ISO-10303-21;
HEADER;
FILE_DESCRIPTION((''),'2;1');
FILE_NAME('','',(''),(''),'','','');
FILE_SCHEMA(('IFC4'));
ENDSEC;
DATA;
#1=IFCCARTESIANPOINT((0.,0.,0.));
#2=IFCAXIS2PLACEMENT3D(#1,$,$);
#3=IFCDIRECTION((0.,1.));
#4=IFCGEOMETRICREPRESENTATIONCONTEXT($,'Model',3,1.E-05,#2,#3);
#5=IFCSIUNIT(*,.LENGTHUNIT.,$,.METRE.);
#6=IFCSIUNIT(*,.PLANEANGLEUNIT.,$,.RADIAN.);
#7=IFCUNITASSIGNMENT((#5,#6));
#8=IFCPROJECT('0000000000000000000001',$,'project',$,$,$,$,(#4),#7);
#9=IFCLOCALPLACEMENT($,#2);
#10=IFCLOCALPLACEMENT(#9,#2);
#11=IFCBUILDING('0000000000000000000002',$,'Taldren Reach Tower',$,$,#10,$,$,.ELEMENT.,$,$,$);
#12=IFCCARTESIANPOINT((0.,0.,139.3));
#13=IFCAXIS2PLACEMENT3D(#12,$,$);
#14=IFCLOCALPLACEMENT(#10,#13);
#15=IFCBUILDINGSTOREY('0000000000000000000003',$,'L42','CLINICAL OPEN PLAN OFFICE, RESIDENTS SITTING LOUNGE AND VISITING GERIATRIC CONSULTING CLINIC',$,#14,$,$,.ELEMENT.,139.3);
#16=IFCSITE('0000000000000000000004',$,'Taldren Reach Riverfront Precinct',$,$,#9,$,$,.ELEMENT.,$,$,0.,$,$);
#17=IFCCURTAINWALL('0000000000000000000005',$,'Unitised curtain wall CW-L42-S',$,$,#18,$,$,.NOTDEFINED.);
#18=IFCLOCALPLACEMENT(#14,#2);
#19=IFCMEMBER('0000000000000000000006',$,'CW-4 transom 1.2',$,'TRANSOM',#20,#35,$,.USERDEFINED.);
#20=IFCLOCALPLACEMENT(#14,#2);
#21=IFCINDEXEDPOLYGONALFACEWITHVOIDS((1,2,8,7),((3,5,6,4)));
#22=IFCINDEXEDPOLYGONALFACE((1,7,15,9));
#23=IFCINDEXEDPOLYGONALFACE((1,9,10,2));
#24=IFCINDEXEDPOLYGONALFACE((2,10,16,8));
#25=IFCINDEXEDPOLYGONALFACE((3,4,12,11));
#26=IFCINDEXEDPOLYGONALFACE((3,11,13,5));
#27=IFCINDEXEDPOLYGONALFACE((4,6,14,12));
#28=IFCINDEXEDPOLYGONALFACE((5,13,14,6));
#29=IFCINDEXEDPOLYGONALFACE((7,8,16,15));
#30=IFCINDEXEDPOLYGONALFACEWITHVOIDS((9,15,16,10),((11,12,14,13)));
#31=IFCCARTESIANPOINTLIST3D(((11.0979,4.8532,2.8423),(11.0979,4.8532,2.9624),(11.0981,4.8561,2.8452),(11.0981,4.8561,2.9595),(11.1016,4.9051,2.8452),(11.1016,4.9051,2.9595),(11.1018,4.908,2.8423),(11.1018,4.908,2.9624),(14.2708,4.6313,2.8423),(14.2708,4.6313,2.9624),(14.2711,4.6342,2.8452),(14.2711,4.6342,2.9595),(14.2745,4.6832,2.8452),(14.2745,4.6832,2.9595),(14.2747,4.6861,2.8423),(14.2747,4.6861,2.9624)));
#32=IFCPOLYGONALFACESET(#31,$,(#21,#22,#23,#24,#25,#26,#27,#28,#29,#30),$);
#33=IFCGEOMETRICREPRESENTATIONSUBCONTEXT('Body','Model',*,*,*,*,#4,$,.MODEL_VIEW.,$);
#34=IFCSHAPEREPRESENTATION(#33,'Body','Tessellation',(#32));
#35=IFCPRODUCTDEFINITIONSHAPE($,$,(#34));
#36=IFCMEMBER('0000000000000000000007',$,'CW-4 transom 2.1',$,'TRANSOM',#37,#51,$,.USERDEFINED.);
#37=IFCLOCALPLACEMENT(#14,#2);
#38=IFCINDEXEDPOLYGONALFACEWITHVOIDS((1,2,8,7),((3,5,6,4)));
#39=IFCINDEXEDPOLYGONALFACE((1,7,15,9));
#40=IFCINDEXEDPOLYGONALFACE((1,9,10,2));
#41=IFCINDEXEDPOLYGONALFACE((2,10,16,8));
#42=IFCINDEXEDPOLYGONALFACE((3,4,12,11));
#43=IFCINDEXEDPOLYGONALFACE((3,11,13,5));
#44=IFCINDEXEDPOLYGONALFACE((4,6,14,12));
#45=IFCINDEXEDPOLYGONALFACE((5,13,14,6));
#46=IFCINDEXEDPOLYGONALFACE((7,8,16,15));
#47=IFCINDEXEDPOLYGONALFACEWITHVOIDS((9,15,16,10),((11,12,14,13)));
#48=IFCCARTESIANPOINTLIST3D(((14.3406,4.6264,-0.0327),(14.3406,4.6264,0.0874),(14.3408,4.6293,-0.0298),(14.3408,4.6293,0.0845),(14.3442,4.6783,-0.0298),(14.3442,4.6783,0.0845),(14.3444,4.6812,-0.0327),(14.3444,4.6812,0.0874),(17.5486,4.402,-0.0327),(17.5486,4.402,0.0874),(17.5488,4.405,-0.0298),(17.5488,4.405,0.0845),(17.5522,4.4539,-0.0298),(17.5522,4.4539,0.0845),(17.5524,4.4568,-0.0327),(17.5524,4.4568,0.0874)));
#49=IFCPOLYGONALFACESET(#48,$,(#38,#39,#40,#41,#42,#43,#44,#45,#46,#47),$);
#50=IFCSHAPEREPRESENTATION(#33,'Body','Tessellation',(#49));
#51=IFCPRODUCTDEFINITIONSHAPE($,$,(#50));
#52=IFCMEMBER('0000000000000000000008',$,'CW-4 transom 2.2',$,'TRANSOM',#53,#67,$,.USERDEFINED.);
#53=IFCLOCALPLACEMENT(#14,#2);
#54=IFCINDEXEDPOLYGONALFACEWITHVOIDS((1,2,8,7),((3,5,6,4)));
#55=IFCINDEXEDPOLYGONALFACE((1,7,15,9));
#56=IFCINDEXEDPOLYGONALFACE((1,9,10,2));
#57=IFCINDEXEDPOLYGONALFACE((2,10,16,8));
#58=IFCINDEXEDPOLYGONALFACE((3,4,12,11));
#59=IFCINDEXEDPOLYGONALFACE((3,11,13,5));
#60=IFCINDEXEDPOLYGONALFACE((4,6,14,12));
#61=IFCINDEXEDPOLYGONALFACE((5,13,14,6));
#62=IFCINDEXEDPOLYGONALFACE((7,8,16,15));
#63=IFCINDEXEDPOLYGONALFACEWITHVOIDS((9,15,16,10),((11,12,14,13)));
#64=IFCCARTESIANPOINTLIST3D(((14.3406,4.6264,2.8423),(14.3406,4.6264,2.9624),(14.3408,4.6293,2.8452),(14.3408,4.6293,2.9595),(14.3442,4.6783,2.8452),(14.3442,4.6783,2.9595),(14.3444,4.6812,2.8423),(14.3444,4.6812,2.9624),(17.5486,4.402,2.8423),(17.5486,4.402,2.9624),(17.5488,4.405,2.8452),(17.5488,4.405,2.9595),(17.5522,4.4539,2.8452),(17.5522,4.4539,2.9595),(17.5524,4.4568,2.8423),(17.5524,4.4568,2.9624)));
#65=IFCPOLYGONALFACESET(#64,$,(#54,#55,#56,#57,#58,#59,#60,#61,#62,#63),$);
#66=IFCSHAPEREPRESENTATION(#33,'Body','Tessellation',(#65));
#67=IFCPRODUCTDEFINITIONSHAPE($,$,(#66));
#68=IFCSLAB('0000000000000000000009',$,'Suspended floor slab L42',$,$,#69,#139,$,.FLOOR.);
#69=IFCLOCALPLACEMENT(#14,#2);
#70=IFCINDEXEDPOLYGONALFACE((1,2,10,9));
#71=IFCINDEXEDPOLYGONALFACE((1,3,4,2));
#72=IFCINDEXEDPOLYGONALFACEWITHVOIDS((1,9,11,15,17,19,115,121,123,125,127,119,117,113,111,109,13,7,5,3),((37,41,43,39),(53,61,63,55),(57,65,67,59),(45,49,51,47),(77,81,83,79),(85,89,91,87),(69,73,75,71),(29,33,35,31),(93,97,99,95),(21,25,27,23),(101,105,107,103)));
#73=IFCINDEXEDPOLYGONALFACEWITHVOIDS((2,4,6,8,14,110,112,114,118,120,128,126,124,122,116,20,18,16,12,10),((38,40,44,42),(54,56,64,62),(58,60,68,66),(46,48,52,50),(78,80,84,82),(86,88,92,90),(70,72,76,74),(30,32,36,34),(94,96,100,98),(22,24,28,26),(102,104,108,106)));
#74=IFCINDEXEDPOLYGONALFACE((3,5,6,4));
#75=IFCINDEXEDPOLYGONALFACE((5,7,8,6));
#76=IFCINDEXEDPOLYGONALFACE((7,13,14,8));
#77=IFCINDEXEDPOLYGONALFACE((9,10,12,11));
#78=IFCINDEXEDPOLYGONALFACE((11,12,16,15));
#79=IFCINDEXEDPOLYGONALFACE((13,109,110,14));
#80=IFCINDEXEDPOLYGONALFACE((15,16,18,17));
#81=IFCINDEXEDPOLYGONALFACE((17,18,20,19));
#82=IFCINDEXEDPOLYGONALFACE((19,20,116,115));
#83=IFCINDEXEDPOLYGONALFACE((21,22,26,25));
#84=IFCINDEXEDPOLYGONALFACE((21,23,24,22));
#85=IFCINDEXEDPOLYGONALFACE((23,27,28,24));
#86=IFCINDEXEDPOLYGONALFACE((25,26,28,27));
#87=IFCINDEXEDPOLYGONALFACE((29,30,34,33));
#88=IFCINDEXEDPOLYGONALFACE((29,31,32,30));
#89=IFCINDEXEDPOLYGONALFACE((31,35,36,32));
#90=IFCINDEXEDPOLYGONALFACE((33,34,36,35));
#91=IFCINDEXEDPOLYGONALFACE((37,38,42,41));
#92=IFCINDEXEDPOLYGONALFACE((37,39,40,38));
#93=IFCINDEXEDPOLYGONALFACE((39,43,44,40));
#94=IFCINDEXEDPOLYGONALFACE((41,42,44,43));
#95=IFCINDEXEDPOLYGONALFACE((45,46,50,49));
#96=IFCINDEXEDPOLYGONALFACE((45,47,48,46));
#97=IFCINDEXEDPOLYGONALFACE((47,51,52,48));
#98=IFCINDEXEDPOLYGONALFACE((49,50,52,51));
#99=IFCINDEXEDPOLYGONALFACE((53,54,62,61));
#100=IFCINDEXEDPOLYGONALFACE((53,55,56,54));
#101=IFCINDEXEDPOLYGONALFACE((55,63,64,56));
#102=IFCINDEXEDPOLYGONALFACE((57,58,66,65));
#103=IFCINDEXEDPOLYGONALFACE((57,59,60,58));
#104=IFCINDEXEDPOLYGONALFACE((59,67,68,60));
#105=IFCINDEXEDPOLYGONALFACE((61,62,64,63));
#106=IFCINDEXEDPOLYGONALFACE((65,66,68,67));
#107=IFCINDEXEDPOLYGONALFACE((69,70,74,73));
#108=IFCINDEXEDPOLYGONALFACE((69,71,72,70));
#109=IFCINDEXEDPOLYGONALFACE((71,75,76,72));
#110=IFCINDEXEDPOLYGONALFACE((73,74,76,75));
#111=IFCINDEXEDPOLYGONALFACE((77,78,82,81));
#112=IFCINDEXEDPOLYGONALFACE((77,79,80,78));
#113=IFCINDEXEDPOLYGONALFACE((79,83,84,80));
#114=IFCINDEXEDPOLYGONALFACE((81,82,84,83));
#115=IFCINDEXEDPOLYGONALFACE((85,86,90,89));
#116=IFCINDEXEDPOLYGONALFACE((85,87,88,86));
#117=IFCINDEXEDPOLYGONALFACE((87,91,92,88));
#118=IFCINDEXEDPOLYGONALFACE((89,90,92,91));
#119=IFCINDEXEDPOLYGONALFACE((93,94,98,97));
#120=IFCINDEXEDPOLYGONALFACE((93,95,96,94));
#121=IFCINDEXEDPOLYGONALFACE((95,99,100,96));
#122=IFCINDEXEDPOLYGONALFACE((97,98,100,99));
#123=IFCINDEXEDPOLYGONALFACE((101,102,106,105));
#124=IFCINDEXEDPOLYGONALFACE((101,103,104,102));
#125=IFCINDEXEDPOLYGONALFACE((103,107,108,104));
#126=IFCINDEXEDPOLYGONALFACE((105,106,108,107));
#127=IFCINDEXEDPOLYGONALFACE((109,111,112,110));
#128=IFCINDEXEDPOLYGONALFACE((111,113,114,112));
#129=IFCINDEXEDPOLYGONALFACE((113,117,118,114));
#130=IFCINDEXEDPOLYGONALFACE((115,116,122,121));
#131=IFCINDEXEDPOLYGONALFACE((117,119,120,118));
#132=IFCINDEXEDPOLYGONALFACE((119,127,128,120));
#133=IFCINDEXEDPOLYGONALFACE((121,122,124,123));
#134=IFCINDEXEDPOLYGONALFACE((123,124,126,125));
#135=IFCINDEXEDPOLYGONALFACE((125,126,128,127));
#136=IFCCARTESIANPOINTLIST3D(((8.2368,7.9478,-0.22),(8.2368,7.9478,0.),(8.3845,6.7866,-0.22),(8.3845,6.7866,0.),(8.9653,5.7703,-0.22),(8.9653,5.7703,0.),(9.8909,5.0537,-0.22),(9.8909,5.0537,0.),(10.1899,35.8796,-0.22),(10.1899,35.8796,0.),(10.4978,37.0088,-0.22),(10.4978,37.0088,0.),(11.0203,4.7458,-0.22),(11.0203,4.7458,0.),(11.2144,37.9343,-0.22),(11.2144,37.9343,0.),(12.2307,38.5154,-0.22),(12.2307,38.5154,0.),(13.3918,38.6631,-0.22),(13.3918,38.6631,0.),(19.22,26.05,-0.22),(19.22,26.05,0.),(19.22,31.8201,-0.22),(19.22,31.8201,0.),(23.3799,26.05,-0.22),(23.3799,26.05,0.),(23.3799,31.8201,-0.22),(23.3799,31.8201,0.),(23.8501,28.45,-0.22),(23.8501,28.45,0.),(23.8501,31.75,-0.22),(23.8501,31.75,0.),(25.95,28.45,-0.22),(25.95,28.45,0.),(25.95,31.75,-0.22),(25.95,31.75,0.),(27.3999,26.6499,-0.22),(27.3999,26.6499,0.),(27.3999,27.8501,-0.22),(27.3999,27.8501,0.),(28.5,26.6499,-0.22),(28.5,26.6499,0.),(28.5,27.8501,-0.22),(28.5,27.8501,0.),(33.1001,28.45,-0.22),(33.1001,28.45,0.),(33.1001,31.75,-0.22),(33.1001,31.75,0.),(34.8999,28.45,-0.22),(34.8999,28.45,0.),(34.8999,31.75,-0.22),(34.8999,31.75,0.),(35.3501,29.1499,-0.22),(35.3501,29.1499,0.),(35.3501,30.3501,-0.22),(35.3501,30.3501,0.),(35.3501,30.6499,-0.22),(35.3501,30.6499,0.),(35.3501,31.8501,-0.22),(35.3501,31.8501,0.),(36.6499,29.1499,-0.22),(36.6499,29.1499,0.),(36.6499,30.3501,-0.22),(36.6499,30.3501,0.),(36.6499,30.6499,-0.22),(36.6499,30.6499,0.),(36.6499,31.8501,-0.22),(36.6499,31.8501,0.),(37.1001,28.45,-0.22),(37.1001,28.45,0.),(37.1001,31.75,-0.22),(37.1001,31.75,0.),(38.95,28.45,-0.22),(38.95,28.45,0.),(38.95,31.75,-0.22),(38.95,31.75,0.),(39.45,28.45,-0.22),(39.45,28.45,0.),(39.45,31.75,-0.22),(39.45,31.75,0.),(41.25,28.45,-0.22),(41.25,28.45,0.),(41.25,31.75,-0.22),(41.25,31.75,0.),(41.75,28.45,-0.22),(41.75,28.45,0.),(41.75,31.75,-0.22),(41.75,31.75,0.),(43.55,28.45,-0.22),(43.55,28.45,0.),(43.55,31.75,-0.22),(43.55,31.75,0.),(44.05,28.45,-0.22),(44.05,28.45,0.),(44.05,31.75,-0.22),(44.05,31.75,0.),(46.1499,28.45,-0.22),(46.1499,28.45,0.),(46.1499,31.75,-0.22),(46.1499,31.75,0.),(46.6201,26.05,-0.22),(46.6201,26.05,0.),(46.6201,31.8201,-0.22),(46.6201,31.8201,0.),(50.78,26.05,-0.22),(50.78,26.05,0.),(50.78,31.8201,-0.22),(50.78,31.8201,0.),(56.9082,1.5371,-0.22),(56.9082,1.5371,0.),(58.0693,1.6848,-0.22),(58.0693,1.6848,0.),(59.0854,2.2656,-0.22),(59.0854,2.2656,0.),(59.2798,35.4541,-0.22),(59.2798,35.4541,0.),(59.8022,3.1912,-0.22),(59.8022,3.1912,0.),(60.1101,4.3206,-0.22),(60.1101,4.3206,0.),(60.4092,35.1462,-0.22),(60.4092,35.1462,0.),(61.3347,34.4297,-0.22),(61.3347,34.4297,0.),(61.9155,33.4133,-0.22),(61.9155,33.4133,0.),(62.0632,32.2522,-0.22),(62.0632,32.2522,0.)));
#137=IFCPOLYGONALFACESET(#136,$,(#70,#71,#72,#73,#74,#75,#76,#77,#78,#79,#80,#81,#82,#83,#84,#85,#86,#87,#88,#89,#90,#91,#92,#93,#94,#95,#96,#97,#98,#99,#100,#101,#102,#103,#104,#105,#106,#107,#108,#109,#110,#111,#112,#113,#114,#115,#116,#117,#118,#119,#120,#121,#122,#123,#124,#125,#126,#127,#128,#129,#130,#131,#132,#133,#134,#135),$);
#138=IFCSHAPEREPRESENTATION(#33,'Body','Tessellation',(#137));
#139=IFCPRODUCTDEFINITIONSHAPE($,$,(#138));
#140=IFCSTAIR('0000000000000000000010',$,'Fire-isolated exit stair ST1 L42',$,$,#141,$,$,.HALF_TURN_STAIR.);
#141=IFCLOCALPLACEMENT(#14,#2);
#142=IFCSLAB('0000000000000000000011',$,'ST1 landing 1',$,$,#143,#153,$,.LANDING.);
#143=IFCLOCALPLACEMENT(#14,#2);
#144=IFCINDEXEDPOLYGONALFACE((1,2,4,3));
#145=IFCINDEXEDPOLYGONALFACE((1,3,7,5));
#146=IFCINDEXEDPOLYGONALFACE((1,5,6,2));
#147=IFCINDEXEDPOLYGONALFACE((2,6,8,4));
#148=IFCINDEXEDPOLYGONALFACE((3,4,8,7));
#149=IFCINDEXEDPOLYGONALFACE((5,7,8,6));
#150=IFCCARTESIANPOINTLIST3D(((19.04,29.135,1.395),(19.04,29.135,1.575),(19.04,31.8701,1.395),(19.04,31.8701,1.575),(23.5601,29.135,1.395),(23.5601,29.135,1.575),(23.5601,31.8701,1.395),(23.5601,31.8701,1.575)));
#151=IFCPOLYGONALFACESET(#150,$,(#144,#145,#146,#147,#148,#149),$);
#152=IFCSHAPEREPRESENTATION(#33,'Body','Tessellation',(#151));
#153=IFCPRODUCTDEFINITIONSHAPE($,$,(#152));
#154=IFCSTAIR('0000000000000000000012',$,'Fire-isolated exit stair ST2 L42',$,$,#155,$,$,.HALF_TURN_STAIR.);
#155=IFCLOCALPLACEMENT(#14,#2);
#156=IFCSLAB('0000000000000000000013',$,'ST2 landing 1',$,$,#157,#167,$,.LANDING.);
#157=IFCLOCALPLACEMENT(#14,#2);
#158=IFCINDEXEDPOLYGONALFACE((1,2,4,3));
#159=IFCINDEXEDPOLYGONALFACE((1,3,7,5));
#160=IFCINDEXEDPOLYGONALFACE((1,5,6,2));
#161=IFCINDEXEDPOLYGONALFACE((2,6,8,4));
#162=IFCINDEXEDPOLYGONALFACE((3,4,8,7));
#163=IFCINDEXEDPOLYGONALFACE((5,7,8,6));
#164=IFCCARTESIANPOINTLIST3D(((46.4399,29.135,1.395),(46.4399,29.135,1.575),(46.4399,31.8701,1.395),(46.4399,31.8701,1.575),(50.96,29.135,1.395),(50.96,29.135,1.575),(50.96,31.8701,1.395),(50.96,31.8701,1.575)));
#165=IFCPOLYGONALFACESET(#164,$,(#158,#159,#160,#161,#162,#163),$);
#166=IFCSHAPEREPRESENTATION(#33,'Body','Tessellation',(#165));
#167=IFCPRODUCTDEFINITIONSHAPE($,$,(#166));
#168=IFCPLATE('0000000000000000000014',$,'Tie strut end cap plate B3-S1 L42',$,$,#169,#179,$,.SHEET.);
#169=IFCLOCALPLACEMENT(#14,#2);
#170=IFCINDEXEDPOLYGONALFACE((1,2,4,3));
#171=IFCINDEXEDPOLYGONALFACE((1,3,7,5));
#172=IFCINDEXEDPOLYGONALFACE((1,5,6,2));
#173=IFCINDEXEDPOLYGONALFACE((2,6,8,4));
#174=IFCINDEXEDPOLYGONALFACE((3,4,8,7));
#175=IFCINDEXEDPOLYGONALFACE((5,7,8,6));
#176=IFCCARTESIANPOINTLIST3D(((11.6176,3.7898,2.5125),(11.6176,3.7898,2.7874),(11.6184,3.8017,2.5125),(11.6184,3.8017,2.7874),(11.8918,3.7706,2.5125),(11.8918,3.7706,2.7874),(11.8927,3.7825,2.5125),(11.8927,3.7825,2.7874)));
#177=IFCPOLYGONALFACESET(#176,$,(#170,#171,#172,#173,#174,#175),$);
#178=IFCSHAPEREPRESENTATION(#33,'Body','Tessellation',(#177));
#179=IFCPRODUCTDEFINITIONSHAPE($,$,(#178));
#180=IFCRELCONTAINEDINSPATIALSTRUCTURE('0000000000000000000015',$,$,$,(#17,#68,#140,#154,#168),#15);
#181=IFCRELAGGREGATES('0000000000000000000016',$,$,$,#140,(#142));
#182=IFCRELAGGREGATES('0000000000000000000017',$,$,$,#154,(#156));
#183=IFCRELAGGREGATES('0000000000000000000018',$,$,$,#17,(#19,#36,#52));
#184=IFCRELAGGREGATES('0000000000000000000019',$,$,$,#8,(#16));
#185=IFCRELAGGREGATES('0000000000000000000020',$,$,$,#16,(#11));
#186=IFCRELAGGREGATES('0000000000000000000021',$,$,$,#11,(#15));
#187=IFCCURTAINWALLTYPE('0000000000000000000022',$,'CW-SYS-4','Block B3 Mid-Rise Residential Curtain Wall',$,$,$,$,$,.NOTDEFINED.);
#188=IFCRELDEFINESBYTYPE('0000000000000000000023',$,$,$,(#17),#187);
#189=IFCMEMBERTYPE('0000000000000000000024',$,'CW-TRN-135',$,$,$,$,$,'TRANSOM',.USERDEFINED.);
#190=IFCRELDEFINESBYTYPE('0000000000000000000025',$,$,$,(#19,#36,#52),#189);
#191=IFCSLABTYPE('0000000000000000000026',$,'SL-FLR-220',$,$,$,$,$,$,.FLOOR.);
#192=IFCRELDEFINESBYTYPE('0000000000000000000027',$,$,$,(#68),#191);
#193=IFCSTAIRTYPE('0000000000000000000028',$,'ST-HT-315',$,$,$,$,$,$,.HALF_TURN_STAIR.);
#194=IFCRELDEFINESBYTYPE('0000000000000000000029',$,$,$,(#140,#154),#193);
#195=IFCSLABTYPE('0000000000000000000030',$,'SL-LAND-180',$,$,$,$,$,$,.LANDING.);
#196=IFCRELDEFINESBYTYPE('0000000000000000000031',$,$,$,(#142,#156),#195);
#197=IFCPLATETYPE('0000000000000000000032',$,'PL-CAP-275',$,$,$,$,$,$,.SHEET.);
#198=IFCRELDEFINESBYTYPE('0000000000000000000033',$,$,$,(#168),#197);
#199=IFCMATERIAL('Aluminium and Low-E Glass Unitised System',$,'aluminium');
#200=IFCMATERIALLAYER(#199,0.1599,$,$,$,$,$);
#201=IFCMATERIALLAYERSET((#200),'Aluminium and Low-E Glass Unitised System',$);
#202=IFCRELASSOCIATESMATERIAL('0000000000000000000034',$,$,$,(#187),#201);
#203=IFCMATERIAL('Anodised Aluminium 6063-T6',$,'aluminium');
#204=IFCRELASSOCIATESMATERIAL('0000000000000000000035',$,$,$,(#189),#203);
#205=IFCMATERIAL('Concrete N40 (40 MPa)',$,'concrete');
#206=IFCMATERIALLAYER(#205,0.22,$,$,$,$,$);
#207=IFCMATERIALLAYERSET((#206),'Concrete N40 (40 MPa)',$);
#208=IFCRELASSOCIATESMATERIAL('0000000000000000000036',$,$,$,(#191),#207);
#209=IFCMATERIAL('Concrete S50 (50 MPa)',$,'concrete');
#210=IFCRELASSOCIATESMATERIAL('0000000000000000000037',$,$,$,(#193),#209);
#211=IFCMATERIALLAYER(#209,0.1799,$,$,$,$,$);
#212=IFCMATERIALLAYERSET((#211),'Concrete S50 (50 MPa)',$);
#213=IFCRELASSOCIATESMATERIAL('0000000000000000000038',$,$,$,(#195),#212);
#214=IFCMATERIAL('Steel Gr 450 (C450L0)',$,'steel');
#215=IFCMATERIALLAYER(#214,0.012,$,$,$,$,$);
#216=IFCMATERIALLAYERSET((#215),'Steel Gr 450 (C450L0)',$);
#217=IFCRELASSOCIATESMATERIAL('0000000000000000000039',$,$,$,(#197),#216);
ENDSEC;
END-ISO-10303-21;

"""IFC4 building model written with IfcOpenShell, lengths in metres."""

from ifc_helpers import new_model, si_unit, direction, frame, origin, origin_2d, place, context, subcontext, project, spatial, polyline, rectangle, hollow_rectangle, outline, extrude, source, transform, mapped, material, layer, layer_set, material_profile, profile_set, type_object, element, aggregate, save


model = new_model("IFC4")

# Units and contexts
model_context = context("Model", 3, precision=1e-05, world=origin(), true_north=direction((0.0, 1.0)))
body_context = subcontext(model_context, "Body", "Model", "MODEL_VIEW")
ifc_project = project(units=[si_unit("LENGTHUNIT", "METRE"), si_unit("PLANEANGLEUNIT", "RADIAN")], contexts=[model_context])

# Site, building, storey
site_placement = place(None, origin())
site = spatial("IfcSite", under=ifc_project, at=site_placement, Name="Taldren Reach Riverfront Precinct", CompositionType="ELEMENT", RefElevation=0.0)
building_placement = place(site_placement, origin())
building = spatial("IfcBuilding", under=site, at=building_placement, Name="Taldren Reach Tower", CompositionType="ELEMENT")
storey_placement = place(building_placement, frame((0.0, 0.0, 139.3)))
storey = spatial("IfcBuildingStorey", under=building, at=storey_placement, Name="L42", Description="CLINICAL OPEN PLAN OFFICE, RESIDENTS SITTING LOUNGE AND VISITING GERIATRIC CONSULTING CLINIC", CompositionType="ELEMENT", Elevation=139.3)

# Shared definitions
ifc_material_1 = material(Name="Steel Gr 450 (C450L0)", Category="steel")

# Curtain wall
ifc_material_2 = material(Name="Aluminium and Low-E Glass Unitised System", Category="aluminium")
ifc_layer_1 = layer(ifc_material_2, 0.1599)
ifc_layer_set_1 = layer_set([ifc_layer_1], Name="Aluminium and Low-E Glass Unitised System")
curtain_wall_type = type_object("IfcCurtainWallType", Name="CW-SYS-4", Description="Block B3 Mid-Rise Residential Curtain Wall", PredefinedType="NOTDEFINED", material=ifc_layer_set_1)
curtain_wall_1_placement = place(storey_placement, origin())
curtain_wall_1 = element("IfcCurtainWall", 1, at=curtain_wall_1_placement, inside=storey, type_object=curtain_wall_type, Name="Unitised curtain wall CW-L42-S", PredefinedType="NOTDEFINED")
ifc_material_3 = material(Name="Anodised Aluminium 6063-T6", Category="aluminium")

# Members
ifc_material_profile_1 = material_profile(ifc_material_3, hollow_rectangle(XDim=0.0549, YDim=0.1201, WallThickness=0.0029, at=origin_2d()), Name="ALU-120x55x3RHS")
ifc_profile_set_1 = profile_set([ifc_material_profile_1], Name="Anodised Aluminium 6063-T6")
member_type_1 = type_object("IfcMemberType", Name="CW-TRN-135", ElementType="TRANSOM", PredefinedType="USERDEFINED", material=ifc_profile_set_1)
shared_shape_1 = source(origin(), body_context, "Body", "SweptSolid", [
    extrude(hollow_rectangle(XDim=0.0549, YDim=0.1201, WallThickness=0.0029, at=origin_2d()), origin(), (0.0, 0.0, 1.0), 3.1807),
])
member_1_placement = place(storey_placement, frame((11.0999, 4.8806, 2.9023), z_axis=(0.997563, -0.069774, 0.0), x_axis=(0.069774, 0.997563, 0.0)))
member_1 = element("IfcMember", 2, at=member_1_placement, type_object=member_type_1, Name="CW-4 transom 1.2", ObjectType="TRANSOM", PredefinedType="USERDEFINED", context=body_context, shape_type="MappedRepresentation", body=[
    mapped(shared_shape_1, transform((0.0, 0.0, 0.0), scale=1.0)),
])
shared_shape_2 = source(origin(), body_context, "Body", "SweptSolid", [
    extrude(hollow_rectangle(XDim=0.0549, YDim=0.1201, WallThickness=0.0029, at=origin_2d()), origin(), (0.0, 0.0, 1.0), 3.2158),
])
member_2_placement = place(storey_placement, frame((14.3425, 4.6538, 0.0273), z_axis=(0.997563, -0.069769, 0.0), x_axis=(0.069769, 0.997563, 0.0)))
member_2 = element("IfcMember", 3, at=member_2_placement, type_object=member_type_1, Name="CW-4 transom 2.1", ObjectType="TRANSOM", PredefinedType="USERDEFINED", context=body_context, shape_type="MappedRepresentation", body=[
    mapped(shared_shape_2, transform((0.0, 0.0, 0.0), scale=1.0)),
])
member_3_placement = place(storey_placement, frame((14.3425, 4.6538, 2.9023), z_axis=(0.997563, -0.069769, 0.0), x_axis=(0.069769, 0.997563, 0.0)))
member_3 = element("IfcMember", 4, at=member_3_placement, type_object=member_type_1, Name="CW-4 transom 2.2", ObjectType="TRANSOM", PredefinedType="USERDEFINED", context=body_context, shape_type="MappedRepresentation", body=[
    mapped(shared_shape_2, transform((0.0, 0.0, 0.0), scale=1.0)),
])

# Slab
ifc_material_4 = material(Name="Concrete N40 (40 MPa)", Category="concrete")
ifc_layer_2 = layer(ifc_material_4, 0.22)
ifc_layer_set_2 = layer_set([ifc_layer_2], Name="Concrete N40 (40 MPa)")
slab_type_1 = type_object("IfcSlabType", Name="SL-FLR-220", PredefinedType="FLOOR", material=ifc_layer_set_2)
slab_1_placement = place(storey_placement, frame((0.0, 0.0, -0.22)))
element("IfcSlab", 5, at=slab_1_placement, inside=storey, type_object=slab_type_1, Name="Suspended floor slab L42", PredefinedType="FLOOR", context=body_context, shape_type="SweptSolid", body=[
    extrude(outline(polyline([(56.9082, 1.5371), (58.0693, 1.6848), (59.0854, 2.2656), (59.8022, 3.1912), (60.1101, 4.3206), (62.0632, 32.2522), (61.9155, 33.4133), (61.3347, 34.4297), (60.4092, 35.1462), (59.2798, 35.4541), (13.3918, 38.6631), (12.2307, 38.5154), (11.2144, 37.9343), (10.4978, 37.0088), (10.1899, 35.8796), (8.2368, 7.9478), (8.3845, 6.7866), (8.9653, 5.7703), (9.8909, 5.0537), (11.0203, 4.7458), (56.9082, 1.5371)]), holes=[polyline([(19.22, 26.05), (23.3799, 26.05), (23.3799, 31.8201), (19.22, 31.8201), (19.22, 26.05)]), polyline([(46.6201, 26.05), (50.78, 26.05), (50.78, 31.8201), (46.6201, 31.8201), (46.6201, 26.05)]), polyline([(23.8501, 28.45), (25.95, 28.45), (25.95, 31.75), (23.8501, 31.75), (23.8501, 28.45)]), polyline([(44.05, 28.45), (46.1499, 28.45), (46.1499, 31.75), (44.05, 31.75), (44.05, 28.45)]), polyline([(33.1001, 28.45), (34.8999, 28.45), (34.8999, 31.75), (33.1001, 31.75), (33.1001, 28.45)]), polyline([(37.1001, 28.45), (38.95, 28.45), (38.95, 31.75), (37.1001, 31.75), (37.1001, 28.45)]), polyline([(39.45, 28.45), (41.25, 28.45), (41.25, 31.75), (39.45, 31.75), (39.45, 28.45)]), polyline([(41.75, 28.45), (43.55, 28.45), (43.55, 31.75), (41.75, 31.75), (41.75, 28.45)]), polyline([(35.3501, 30.6499), (36.6499, 30.6499), (36.6499, 31.8501), (35.3501, 31.8501), (35.3501, 30.6499)]), polyline([(35.3501, 29.1499), (36.6499, 29.1499), (36.6499, 30.3501), (35.3501, 30.3501), (35.3501, 29.1499)]), polyline([(27.3999, 26.6499), (28.5, 26.6499), (28.5, 27.8501), (27.3999, 27.8501), (27.3999, 26.6499)])]), origin(), (0.0, 0.0, 1.0), 0.22),
])

# Stairs, slabs
ifc_material_5 = material(Name="Concrete S50 (50 MPa)", Category="concrete")
stair_type = type_object("IfcStairType", Name="ST-HT-315", PredefinedType="HALF_TURN_STAIR", material=ifc_material_5)
stair_1_placement = place(storey_placement, origin())
stair_1 = element("IfcStair", 6, at=stair_1_placement, inside=storey, type_object=stair_type, Name="Fire-isolated exit stair ST1 L42", PredefinedType="HALF_TURN_STAIR")
ifc_layer_3 = layer(ifc_material_5, 0.1799)
ifc_layer_set_3 = layer_set([ifc_layer_3], Name="Concrete S50 (50 MPa)")
slab_type_2 = type_object("IfcSlabType", Name="SL-LAND-180", PredefinedType="LANDING", material=ifc_layer_set_3)
slab_2_placement = place(storey_placement, frame((0.0, 0.0, 1.395)))
slab_2 = element("IfcSlab", 7, at=slab_2_placement, type_object=slab_type_2, Name="ST1 landing 1", PredefinedType="LANDING", context=body_context, shape_type="SweptSolid", body=[
    extrude(outline(polyline([(19.04, 29.135), (23.5601, 29.135), (23.5601, 31.8701), (19.04, 31.8701), (19.04, 29.135)])), origin(), (0.0, 0.0, 1.0), 0.1799),
])
aggregate(stair_1, [slab_2])
stair_2_placement = place(storey_placement, origin())
stair_2 = element("IfcStair", 8, at=stair_2_placement, inside=storey, type_object=stair_type, Name="Fire-isolated exit stair ST2 L42", PredefinedType="HALF_TURN_STAIR")
slab_3_placement = place(storey_placement, frame((0.0, 0.0, 1.395)))
slab_3 = element("IfcSlab", 9, at=slab_3_placement, type_object=slab_type_2, Name="ST2 landing 1", PredefinedType="LANDING", context=body_context, shape_type="SweptSolid", body=[
    extrude(outline(polyline([(46.4399, 29.135), (50.96, 29.135), (50.96, 31.8701), (46.4399, 31.8701), (46.4399, 29.135)])), origin(), (0.0, 0.0, 1.0), 0.1799),
])
aggregate(stair_2, [slab_3])

# Plate
ifc_layer_4 = layer(ifc_material_1, 0.012)
ifc_layer_set_4 = layer_set([ifc_layer_4], Name="Steel Gr 450 (C450L0)")
plate_type_1 = type_object("IfcPlateType", Name="PL-CAP-275", PredefinedType="SHEET", material=ifc_layer_set_4)
shared_shape_3 = source(origin(), body_context, "Body", "SweptSolid", [
    extrude(rectangle(XDim=0.2749, YDim=0.012, at=origin_2d()), origin(), (0.0, 0.0, 1.0), 0.2749),
])
plate_1_placement = place(storey_placement, frame((11.7551, 3.7861, 2.5125), z_axis=(0.0, 0.0, 1.0), x_axis=(0.997564, -0.069756, 0.0)))
element("IfcPlate", 10, at=plate_1_placement, inside=storey, type_object=plate_type_1, Name="Tie strut end cap plate B3-S1 L42", PredefinedType="SHEET", context=body_context, shape_type="MappedRepresentation", body=[
    mapped(shared_shape_3, transform((0.0, 0.0, 0.0), scale=1.0)),
])

aggregate(curtain_wall_1, [member_1, member_2, member_3])

save(model, "model.ifc")
